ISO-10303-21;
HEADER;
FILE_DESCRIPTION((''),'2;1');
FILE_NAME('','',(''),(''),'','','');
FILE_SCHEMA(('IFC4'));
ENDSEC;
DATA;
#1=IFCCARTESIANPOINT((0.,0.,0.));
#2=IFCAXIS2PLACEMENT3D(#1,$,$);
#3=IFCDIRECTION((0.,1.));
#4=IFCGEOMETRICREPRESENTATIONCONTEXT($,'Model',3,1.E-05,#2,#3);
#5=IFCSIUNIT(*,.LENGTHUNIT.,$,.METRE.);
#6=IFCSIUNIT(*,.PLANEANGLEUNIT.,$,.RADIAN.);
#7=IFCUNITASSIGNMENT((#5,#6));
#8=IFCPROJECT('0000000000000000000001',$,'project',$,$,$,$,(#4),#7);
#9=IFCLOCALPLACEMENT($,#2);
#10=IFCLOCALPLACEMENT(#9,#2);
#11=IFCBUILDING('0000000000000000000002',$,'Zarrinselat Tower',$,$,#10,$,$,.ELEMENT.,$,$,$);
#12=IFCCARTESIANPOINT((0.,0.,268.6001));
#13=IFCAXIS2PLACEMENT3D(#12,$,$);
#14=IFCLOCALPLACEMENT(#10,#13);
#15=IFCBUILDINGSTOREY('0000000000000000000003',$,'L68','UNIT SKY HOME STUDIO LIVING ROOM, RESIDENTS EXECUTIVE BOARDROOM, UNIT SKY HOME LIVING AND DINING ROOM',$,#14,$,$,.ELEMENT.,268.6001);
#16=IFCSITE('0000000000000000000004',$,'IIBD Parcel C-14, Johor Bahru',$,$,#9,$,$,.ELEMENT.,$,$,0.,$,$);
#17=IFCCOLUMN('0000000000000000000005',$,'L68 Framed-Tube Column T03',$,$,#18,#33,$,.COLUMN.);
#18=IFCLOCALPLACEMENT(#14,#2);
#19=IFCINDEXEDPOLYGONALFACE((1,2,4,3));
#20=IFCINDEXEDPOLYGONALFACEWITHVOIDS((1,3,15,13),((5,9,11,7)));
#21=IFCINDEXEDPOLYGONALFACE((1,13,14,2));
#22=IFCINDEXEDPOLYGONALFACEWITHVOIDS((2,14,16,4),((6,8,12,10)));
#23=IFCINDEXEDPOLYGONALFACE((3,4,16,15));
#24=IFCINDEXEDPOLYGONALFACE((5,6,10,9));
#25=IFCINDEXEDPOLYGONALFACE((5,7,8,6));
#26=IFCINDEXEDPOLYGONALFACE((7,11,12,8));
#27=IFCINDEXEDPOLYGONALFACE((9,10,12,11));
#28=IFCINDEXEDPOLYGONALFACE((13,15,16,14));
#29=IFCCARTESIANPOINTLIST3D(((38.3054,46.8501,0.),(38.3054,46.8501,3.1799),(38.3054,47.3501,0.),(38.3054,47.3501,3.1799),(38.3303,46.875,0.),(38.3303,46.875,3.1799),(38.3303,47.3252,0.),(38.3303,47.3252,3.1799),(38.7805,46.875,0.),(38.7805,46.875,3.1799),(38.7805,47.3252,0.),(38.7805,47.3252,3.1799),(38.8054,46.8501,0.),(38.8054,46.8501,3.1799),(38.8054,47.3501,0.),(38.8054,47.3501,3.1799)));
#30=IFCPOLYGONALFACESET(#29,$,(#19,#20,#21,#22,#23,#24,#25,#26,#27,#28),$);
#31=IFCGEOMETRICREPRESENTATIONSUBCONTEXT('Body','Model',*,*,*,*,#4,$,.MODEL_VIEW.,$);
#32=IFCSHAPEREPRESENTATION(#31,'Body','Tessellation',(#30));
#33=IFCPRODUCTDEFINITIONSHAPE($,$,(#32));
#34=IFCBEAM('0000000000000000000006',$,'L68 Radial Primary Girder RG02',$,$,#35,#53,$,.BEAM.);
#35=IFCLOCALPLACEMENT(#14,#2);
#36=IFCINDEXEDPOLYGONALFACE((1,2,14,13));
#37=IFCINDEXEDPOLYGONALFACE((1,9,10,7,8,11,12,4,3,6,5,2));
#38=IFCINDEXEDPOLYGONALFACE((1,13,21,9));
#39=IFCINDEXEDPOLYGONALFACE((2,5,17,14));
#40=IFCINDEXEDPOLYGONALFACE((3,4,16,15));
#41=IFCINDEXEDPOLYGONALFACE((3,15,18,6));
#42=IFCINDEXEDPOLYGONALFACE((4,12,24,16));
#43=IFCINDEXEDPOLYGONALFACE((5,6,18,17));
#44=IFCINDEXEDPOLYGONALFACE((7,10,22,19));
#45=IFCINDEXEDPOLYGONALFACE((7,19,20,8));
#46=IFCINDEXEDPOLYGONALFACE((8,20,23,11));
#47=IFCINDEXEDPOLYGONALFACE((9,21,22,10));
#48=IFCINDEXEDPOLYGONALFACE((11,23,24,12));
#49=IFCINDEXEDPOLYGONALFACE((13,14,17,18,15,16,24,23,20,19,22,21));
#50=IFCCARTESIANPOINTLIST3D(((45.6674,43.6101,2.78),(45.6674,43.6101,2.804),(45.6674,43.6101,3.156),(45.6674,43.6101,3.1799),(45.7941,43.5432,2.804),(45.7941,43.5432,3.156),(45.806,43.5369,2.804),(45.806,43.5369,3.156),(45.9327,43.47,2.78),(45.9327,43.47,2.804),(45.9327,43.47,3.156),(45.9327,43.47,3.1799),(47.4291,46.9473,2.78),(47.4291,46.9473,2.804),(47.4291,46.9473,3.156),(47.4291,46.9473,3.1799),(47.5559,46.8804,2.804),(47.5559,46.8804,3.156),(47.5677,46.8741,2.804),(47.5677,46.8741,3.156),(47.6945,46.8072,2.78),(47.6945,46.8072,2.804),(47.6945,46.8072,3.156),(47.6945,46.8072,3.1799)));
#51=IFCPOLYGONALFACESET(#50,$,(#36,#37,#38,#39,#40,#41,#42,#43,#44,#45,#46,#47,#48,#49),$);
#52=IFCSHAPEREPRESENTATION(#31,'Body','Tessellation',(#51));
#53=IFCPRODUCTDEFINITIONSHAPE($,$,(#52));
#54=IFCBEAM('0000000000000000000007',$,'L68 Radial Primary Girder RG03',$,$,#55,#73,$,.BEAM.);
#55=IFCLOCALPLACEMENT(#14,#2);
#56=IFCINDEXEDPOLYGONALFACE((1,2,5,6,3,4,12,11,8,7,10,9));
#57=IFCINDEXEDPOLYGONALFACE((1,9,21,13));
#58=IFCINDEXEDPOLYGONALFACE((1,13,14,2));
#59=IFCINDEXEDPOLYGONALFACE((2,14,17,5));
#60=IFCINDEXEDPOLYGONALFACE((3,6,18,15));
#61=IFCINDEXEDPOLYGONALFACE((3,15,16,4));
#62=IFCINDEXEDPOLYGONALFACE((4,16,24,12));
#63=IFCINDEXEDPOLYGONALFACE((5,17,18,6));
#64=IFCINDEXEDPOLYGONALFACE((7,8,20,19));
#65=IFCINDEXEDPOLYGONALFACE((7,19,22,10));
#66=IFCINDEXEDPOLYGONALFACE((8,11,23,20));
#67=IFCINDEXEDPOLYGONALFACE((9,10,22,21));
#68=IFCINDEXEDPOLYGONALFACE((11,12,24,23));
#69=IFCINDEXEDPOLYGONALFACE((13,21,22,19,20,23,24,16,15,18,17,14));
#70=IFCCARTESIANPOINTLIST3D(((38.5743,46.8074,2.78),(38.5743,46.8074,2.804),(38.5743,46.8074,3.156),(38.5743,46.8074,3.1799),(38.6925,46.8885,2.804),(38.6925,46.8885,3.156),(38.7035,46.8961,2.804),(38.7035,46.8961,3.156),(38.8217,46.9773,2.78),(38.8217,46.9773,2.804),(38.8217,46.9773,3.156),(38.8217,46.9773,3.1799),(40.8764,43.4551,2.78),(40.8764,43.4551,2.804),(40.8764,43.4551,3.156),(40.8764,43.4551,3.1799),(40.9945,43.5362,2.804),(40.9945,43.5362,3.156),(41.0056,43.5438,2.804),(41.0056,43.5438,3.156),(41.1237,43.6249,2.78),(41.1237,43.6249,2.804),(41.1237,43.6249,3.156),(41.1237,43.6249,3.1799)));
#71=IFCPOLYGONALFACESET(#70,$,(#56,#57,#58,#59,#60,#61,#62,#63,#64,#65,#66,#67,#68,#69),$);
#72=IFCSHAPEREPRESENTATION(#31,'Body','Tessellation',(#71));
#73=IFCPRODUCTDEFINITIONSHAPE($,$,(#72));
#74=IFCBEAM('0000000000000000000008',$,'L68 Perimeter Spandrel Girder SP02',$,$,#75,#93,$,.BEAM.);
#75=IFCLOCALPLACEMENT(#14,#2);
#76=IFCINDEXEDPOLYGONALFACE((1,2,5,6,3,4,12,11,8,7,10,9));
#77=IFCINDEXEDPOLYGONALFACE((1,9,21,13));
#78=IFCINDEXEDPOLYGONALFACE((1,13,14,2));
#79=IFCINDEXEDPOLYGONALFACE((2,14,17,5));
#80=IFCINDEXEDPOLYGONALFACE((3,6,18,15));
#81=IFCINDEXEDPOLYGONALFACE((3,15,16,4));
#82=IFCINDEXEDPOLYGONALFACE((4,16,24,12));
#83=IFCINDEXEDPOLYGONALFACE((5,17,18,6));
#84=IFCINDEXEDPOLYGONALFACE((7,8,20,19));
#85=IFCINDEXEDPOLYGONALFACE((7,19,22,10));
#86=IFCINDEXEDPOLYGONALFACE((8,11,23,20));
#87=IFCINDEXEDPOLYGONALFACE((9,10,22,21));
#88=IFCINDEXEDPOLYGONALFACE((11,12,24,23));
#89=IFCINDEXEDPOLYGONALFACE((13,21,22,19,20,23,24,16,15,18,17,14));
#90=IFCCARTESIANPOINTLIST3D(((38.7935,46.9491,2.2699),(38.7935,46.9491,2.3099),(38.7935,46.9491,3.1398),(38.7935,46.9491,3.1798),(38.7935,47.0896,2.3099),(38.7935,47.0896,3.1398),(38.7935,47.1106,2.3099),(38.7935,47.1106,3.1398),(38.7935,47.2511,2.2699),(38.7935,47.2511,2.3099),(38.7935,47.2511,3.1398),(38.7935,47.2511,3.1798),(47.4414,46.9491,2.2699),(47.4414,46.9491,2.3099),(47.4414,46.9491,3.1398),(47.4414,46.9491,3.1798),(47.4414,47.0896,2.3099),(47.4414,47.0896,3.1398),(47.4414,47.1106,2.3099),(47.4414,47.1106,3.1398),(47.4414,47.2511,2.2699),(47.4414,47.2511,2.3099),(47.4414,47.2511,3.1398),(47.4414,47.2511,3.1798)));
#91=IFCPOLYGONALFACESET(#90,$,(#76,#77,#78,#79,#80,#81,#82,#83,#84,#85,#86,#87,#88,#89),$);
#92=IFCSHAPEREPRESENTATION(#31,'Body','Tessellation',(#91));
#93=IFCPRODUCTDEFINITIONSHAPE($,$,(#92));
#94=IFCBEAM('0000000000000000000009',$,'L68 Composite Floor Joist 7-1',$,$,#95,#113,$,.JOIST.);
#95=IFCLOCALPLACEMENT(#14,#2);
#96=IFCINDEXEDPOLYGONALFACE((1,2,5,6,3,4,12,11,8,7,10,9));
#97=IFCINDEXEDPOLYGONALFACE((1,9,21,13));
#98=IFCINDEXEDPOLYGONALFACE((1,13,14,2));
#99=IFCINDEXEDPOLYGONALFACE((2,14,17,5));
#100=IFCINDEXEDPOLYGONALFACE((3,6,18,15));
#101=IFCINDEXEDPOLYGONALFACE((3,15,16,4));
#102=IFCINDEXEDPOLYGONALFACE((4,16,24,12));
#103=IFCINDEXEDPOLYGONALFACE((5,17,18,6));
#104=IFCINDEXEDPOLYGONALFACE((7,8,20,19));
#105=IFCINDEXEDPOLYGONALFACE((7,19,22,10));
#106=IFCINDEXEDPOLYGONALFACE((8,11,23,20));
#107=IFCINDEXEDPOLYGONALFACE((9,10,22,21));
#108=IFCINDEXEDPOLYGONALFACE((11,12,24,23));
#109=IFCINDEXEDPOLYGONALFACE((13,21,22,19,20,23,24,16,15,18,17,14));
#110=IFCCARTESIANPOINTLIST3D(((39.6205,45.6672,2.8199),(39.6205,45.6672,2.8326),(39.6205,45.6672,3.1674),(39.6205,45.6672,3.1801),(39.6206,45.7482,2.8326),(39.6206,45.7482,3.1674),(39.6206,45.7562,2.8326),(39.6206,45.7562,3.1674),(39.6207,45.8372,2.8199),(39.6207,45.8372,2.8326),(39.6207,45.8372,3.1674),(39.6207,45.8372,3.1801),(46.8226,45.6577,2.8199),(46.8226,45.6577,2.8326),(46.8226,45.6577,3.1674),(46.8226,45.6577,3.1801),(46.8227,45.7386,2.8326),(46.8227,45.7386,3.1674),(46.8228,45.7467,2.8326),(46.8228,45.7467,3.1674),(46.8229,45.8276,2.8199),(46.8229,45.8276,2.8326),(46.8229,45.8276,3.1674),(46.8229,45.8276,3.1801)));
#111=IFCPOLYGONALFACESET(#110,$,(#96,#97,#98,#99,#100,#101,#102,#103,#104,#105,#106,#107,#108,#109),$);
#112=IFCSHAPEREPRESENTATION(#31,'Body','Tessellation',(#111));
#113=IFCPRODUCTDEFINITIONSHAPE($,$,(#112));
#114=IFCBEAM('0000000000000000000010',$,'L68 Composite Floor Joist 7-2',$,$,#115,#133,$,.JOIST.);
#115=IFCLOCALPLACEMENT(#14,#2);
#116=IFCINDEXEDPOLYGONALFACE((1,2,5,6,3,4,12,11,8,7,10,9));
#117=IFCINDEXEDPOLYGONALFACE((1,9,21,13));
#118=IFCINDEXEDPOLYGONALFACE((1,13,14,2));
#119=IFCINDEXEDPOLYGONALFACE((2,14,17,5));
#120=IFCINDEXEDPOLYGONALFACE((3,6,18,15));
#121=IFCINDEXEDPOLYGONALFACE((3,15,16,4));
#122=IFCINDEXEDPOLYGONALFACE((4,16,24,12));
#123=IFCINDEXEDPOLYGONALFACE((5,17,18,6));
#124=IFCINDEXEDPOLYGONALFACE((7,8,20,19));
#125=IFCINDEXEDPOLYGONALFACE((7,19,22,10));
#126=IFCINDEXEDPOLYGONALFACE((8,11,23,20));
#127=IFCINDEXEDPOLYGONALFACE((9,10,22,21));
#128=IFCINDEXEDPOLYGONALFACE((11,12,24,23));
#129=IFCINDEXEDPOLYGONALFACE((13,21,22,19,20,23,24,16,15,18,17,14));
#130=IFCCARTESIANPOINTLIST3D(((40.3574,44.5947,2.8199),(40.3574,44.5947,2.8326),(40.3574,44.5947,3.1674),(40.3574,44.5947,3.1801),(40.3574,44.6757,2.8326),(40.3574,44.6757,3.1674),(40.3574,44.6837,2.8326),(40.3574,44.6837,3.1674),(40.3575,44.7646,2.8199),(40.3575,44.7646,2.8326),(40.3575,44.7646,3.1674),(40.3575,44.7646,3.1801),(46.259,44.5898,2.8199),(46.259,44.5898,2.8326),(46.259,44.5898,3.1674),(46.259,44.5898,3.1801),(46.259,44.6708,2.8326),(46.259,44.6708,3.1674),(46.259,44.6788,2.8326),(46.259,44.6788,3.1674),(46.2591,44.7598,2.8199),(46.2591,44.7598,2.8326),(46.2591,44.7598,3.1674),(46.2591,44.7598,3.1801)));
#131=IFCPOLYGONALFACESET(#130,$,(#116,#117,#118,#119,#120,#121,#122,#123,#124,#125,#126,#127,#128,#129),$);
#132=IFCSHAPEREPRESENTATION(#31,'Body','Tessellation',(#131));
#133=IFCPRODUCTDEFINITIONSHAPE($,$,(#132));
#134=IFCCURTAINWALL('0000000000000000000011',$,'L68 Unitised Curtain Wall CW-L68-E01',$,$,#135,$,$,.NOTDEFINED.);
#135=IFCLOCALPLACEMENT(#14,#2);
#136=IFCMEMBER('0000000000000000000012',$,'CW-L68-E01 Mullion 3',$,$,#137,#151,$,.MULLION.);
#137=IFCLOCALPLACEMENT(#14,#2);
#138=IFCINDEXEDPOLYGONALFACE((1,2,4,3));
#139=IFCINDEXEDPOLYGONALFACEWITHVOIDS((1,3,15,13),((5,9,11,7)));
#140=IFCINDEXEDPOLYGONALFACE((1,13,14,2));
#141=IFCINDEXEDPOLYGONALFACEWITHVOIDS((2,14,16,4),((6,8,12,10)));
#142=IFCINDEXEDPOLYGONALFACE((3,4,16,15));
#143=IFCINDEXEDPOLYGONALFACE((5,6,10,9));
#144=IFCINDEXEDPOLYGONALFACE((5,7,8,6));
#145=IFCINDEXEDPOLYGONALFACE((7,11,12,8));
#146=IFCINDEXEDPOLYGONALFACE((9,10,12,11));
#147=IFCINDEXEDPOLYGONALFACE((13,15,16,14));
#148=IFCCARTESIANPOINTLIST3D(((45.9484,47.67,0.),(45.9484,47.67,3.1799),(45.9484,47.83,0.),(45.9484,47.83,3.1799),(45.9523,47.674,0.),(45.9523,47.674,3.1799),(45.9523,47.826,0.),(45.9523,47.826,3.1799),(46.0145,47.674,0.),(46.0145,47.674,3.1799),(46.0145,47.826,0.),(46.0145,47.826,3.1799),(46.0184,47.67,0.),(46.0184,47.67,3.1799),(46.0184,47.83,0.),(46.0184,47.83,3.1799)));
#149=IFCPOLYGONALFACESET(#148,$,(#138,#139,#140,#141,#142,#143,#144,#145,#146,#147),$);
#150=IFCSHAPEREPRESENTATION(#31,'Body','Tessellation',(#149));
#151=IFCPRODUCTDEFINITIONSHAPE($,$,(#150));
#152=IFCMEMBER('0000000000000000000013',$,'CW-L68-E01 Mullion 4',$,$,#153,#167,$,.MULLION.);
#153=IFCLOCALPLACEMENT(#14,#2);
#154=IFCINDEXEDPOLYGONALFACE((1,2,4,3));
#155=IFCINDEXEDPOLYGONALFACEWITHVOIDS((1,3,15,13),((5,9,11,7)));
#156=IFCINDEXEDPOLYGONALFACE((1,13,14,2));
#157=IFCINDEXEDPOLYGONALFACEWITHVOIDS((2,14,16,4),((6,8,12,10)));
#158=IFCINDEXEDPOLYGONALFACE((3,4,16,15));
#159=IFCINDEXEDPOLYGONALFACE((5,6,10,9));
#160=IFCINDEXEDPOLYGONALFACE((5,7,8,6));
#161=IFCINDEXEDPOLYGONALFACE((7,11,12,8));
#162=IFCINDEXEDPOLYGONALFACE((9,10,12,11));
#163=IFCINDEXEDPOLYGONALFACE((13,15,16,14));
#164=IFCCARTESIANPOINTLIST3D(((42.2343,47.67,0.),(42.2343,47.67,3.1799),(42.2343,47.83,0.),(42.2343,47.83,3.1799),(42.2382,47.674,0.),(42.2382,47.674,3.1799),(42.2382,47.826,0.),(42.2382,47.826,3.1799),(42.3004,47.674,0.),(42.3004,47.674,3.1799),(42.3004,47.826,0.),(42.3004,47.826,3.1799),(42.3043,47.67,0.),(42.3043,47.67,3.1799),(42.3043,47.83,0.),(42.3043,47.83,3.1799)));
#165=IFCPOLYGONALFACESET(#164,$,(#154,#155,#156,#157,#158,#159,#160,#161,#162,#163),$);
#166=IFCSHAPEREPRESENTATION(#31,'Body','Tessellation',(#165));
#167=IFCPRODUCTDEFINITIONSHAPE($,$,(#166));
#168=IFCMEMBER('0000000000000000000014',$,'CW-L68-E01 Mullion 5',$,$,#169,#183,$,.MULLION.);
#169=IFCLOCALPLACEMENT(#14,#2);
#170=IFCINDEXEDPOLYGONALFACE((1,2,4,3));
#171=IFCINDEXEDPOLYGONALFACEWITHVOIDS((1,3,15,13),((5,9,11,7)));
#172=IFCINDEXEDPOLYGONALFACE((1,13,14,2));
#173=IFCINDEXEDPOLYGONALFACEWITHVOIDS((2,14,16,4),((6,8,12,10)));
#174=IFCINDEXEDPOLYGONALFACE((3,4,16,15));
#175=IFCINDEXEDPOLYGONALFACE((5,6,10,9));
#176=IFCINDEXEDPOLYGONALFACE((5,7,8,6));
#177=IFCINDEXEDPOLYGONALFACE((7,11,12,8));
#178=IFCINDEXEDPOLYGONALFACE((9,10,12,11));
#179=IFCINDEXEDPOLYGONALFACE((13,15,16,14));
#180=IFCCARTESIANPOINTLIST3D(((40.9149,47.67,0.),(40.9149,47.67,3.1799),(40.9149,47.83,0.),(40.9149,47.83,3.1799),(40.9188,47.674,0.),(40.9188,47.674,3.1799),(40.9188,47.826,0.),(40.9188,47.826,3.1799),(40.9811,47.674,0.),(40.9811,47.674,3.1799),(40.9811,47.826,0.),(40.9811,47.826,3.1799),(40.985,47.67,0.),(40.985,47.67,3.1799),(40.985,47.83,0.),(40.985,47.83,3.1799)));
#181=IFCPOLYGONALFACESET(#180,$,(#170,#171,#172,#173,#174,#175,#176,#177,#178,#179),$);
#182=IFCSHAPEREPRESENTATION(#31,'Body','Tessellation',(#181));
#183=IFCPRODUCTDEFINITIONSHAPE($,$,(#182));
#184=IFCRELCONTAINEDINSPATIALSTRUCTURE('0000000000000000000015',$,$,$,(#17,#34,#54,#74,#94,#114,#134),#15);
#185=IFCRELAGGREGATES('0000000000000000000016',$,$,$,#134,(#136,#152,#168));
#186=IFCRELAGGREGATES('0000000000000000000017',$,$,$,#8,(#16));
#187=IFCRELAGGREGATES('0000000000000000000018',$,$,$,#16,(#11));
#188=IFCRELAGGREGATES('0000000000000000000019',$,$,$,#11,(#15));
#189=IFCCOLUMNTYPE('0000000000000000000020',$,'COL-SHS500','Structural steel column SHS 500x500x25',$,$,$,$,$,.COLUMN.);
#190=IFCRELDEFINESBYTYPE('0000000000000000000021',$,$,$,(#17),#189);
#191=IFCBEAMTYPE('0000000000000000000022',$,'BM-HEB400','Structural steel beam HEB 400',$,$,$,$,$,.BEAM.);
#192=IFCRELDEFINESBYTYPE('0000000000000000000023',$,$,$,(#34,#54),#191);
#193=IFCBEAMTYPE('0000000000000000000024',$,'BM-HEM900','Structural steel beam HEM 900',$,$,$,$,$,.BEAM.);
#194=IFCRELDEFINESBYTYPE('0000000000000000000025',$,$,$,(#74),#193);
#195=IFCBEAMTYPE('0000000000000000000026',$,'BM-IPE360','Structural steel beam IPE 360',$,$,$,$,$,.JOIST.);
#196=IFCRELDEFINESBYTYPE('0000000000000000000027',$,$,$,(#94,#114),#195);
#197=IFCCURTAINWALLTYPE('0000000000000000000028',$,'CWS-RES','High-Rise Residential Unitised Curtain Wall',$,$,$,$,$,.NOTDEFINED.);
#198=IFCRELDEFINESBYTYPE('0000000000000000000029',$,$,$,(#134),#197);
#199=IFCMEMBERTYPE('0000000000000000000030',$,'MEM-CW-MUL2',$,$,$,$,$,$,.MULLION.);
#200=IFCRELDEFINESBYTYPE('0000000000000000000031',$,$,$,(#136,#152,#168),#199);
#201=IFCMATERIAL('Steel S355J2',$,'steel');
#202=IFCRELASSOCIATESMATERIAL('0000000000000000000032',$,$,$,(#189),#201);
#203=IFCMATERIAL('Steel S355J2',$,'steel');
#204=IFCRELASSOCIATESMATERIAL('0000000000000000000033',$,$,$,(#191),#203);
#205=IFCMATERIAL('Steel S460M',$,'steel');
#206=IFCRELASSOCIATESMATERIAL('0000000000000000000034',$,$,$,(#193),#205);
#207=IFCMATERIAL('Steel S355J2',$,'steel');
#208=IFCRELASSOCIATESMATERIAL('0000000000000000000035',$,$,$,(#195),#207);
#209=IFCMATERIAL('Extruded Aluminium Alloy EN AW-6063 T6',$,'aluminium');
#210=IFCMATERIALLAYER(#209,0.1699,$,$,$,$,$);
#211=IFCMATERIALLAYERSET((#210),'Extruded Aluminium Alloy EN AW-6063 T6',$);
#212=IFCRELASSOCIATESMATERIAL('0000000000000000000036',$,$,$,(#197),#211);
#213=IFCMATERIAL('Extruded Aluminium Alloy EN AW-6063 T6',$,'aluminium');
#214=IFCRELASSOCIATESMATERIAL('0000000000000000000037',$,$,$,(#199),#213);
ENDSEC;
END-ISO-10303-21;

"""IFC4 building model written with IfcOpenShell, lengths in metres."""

from ifc_helpers import new_model, si_unit, direction, frame, origin, origin_2d, place, context, subcontext, project, spatial, hollow_rectangle, i_section, extrude, material, layer, layer_set, material_profile, profile_set, type_object, element, aggregate, save


model = new_model("IFC4")

# Units and contexts
model_context = context("Model", 3, precision=1e-05, world=origin(), true_north=direction((0.0, 1.0)))
body_context = subcontext(model_context, "Body", "Model", "MODEL_VIEW")
ifc_project = project(units=[si_unit("LENGTHUNIT", "METRE"), si_unit("PLANEANGLEUNIT", "RADIAN")], contexts=[model_context])

# Site, building, storey
site_placement = place(None, origin())
site = spatial("IfcSite", under=ifc_project, at=site_placement, Name="IIBD Parcel C-14, Johor Bahru", CompositionType="ELEMENT", RefElevation=0.0)
building_placement = place(site_placement, origin())
building = spatial("IfcBuilding", under=site, at=building_placement, Name="Zarrinselat Tower", CompositionType="ELEMENT")
storey_placement = place(building_placement, frame((0.0, 0.0, 268.6001)))
storey = spatial("IfcBuildingStorey", under=building, at=storey_placement, Name="L68", Description="UNIT SKY HOME STUDIO LIVING ROOM, RESIDENTS EXECUTIVE BOARDROOM, UNIT SKY HOME LIVING AND DINING ROOM", CompositionType="ELEMENT", Elevation=268.6001)

# Column
ifc_material_1 = material(Name="Steel S355J2", Category="steel")
ifc_material_profile_1 = material_profile(ifc_material_1, hollow_rectangle(XDim=0.5, YDim=0.5, WallThickness=0.0249, at=origin_2d()), Name="SHS 500x500x25")
ifc_profile_set_1 = profile_set([ifc_material_profile_1], Name="Steel S355J2")
column_type = type_object("IfcColumnType", Name="COL-SHS500", Description="Structural steel column SHS 500x500x25", PredefinedType="COLUMN", material=ifc_profile_set_1)
column_placement = place(storey_placement, frame((38.5554, 47.1001, 0.0), z_axis=(0.0, 0.0, 1.0), x_axis=(1.0, 0.0, 0.0)))
element("IfcColumn", 1, at=column_placement, inside=storey, type_object=column_type, Name="L68 Framed-Tube Column T03", PredefinedType="COLUMN", context=body_context, shape_type="SweptSolid", body=[
    extrude(hollow_rectangle(XDim=0.5, YDim=0.5, WallThickness=0.0249, at=origin_2d()), origin(), (0.0, 0.0, 1.0), 3.1799),
])

# Beams
ifc_material_2 = material(Name="Steel S355J2", Category="steel")
ifc_material_profile_2 = material_profile(ifc_material_2, i_section(OverallWidth=0.3, OverallDepth=0.3999, WebThickness=0.0134, FlangeThickness=0.0239, at=origin_2d()), Name="HEB 400")
ifc_profile_set_2 = profile_set([ifc_material_profile_2], Name="Steel S355J2")
beam_type_1 = type_object("IfcBeamType", Name="BM-HEB400", Description="Structural steel beam HEB 400", PredefinedType="BEAM", material=ifc_profile_set_2)
beam_1_placement = place(storey_placement, frame((45.8, 43.54, 2.98), z_axis=(0.46685, 0.884337, 0.0), x_axis=(-0.884337, 0.46685, 0.0)))
element("IfcBeam", 2, at=beam_1_placement, inside=storey, type_object=beam_type_1, Name="L68 Radial Primary Girder RG02", PredefinedType="BEAM", context=body_context, shape_type="SweptSolid", body=[
    extrude(i_section(OverallWidth=0.3, OverallDepth=0.3999, WebThickness=0.0134, FlangeThickness=0.0239, at=origin_2d()), origin(), (0.0, 0.0, 1.0), 3.7737),
])
beam_2_placement = place(storey_placement, frame((38.698, 46.8923, 2.98), z_axis=(0.566078, -0.824352, 0.0), x_axis=(0.824352, 0.566078, 0.0)))
element("IfcBeam", 3, at=beam_2_placement, inside=storey, type_object=beam_type_1, Name="L68 Radial Primary Girder RG03", PredefinedType="BEAM", context=body_context, shape_type="SweptSolid", body=[
    extrude(i_section(OverallWidth=0.3, OverallDepth=0.3999, WebThickness=0.0134, FlangeThickness=0.0239, at=origin_2d()), origin(), (0.0, 0.0, 1.0), 4.0667),
])
ifc_material_3 = material(Name="Steel S460M", Category="steel")
ifc_material_profile_3 = material_profile(ifc_material_3, i_section(OverallWidth=0.302, OverallDepth=0.9099, WebThickness=0.021, FlangeThickness=0.04, at=origin_2d()), Name="HEM 900")
ifc_profile_set_3 = profile_set([ifc_material_profile_3], Name="Steel S460M")
beam_type_2 = type_object("IfcBeamType", Name="BM-HEM900", Description="Structural steel beam HEM 900", PredefinedType="BEAM", material=ifc_profile_set_3)
beam_3_placement = place(storey_placement, frame((38.7935, 47.1001, 2.7249), z_axis=(1.0, 0.0, 0.0), x_axis=(0.0, 1.0, 0.0)))
element("IfcBeam", 4, at=beam_3_placement, inside=storey, type_object=beam_type_2, Name="L68 Perimeter Spandrel Girder SP02", PredefinedType="BEAM", context=body_context, shape_type="SweptSolid", body=[
    extrude(i_section(OverallWidth=0.302, OverallDepth=0.9099, WebThickness=0.021, FlangeThickness=0.04, at=origin_2d()), origin(), (0.0, 0.0, 1.0), 8.6479),
])
ifc_material_4 = material(Name="Steel S355J2", Category="steel")
ifc_material_profile_4 = material_profile(ifc_material_4, i_section(OverallWidth=0.1699, OverallDepth=0.3601, WebThickness=0.0081, FlangeThickness=0.0127, at=origin_2d()), Name="IPE 360")
ifc_profile_set_4 = profile_set([ifc_material_profile_4], Name="Steel S355J2")
beam_type_3 = type_object("IfcBeamType", Name="BM-IPE360", Description="Structural steel beam IPE 360", PredefinedType="JOIST", material=ifc_profile_set_4)
beam_4_placement = place(storey_placement, frame((39.6206, 45.7522, 3.0), z_axis=(0.999999, -0.001322, 0.0), x_axis=(0.001322, 0.999999, 0.0)))
element("IfcBeam", 5, at=beam_4_placement, inside=storey, type_object=beam_type_3, Name="L68 Composite Floor Joist 7-1", PredefinedType="JOIST", context=body_context, shape_type="SweptSolid", body=[
    extrude(i_section(OverallWidth=0.1699, OverallDepth=0.3601, WebThickness=0.0081, FlangeThickness=0.0127, at=origin_2d()), origin(), (0.0, 0.0, 1.0), 7.2021),
])
beam_5_placement = place(storey_placement, frame((40.3574, 44.6797, 3.0), z_axis=(1.0, -0.000827, 0.0), x_axis=(0.000827, 1.0, 0.0)))
element("IfcBeam", 6, at=beam_5_placement, inside=storey, type_object=beam_type_3, Name="L68 Composite Floor Joist 7-2", PredefinedType="JOIST", context=body_context, shape_type="SweptSolid", body=[
    extrude(i_section(OverallWidth=0.1699, OverallDepth=0.3601, WebThickness=0.0081, FlangeThickness=0.0127, at=origin_2d()), origin(), (0.0, 0.0, 1.0), 5.9016),
])

# Curtain wall, members
ifc_material_5 = material(Name="Extruded Aluminium Alloy EN AW-6063 T6", Category="aluminium")
ifc_layer_1 = layer(ifc_material_5, 0.1699)
ifc_layer_set_1 = layer_set([ifc_layer_1], Name="Extruded Aluminium Alloy EN AW-6063 T6")
curtain_wall_type = type_object("IfcCurtainWallType", Name="CWS-RES", Description="High-Rise Residential Unitised Curtain Wall", PredefinedType="NOTDEFINED", material=ifc_layer_set_1)
curtain_wall_placement = place(storey_placement, origin())
curtain_wall = element("IfcCurtainWall", 7, at=curtain_wall_placement, inside=storey, type_object=curtain_wall_type, Name="L68 Unitised Curtain Wall CW-L68-E01", PredefinedType="NOTDEFINED")
ifc_material_6 = material(Name="Extruded Aluminium Alloy EN AW-6063 T6", Category="aluminium")
ifc_material_profile_5 = material_profile(ifc_material_6, hollow_rectangle(XDim=0.0701, YDim=0.1599, WallThickness=0.0039, at=origin_2d()), Name="RHS 160x70x4")
ifc_profile_set_5 = profile_set([ifc_material_profile_5], Name="Extruded Aluminium Alloy EN AW-6063 T6")
member_type_1 = type_object("IfcMemberType", Name="MEM-CW-MUL2", PredefinedType="MULLION", material=ifc_profile_set_5)
member_1_placement = place(storey_placement, frame((45.9834, 47.75, 0.0), z_axis=(0.0, 0.0, 1.0), x_axis=(-1.0, 0.0, 0.0)))
member_1 = element("IfcMember", 8, at=member_1_placement, type_object=member_type_1, Name="CW-L68-E01 Mullion 3", PredefinedType="MULLION", context=body_context, shape_type="SweptSolid", body=[
    extrude(hollow_rectangle(XDim=0.0701, YDim=0.1599, WallThickness=0.0039, at=origin_2d()), origin(), (0.0, 0.0, 1.0), 3.1799),
])
member_2_placement = place(storey_placement, frame((42.2693, 47.75, 0.0), z_axis=(0.0, 0.0, 1.0), x_axis=(-1.0, 0.0, 0.0)))
member_2 = element("IfcMember", 9, at=member_2_placement, type_object=member_type_1, Name="CW-L68-E01 Mullion 4", PredefinedType="MULLION", context=body_context, shape_type="SweptSolid", body=[
    extrude(hollow_rectangle(XDim=0.0701, YDim=0.1599, WallThickness=0.0039, at=origin_2d()), origin(), (0.0, 0.0, 1.0), 3.1799),
])
member_3_placement = place(storey_placement, frame((40.95, 47.75, 0.0), z_axis=(0.0, 0.0, 1.0), x_axis=(-1.0, 0.0, 0.0)))
member_3 = element("IfcMember", 10, at=member_3_placement, type_object=member_type_1, Name="CW-L68-E01 Mullion 5", PredefinedType="MULLION", context=body_context, shape_type="SweptSolid", body=[
    extrude(hollow_rectangle(XDim=0.0701, YDim=0.1599, WallThickness=0.0039, at=origin_2d()), origin(), (0.0, 0.0, 1.0), 3.1799),
])
aggregate(curtain_wall, [member_1, member_2, member_3])

save(model, "model.ifc")
